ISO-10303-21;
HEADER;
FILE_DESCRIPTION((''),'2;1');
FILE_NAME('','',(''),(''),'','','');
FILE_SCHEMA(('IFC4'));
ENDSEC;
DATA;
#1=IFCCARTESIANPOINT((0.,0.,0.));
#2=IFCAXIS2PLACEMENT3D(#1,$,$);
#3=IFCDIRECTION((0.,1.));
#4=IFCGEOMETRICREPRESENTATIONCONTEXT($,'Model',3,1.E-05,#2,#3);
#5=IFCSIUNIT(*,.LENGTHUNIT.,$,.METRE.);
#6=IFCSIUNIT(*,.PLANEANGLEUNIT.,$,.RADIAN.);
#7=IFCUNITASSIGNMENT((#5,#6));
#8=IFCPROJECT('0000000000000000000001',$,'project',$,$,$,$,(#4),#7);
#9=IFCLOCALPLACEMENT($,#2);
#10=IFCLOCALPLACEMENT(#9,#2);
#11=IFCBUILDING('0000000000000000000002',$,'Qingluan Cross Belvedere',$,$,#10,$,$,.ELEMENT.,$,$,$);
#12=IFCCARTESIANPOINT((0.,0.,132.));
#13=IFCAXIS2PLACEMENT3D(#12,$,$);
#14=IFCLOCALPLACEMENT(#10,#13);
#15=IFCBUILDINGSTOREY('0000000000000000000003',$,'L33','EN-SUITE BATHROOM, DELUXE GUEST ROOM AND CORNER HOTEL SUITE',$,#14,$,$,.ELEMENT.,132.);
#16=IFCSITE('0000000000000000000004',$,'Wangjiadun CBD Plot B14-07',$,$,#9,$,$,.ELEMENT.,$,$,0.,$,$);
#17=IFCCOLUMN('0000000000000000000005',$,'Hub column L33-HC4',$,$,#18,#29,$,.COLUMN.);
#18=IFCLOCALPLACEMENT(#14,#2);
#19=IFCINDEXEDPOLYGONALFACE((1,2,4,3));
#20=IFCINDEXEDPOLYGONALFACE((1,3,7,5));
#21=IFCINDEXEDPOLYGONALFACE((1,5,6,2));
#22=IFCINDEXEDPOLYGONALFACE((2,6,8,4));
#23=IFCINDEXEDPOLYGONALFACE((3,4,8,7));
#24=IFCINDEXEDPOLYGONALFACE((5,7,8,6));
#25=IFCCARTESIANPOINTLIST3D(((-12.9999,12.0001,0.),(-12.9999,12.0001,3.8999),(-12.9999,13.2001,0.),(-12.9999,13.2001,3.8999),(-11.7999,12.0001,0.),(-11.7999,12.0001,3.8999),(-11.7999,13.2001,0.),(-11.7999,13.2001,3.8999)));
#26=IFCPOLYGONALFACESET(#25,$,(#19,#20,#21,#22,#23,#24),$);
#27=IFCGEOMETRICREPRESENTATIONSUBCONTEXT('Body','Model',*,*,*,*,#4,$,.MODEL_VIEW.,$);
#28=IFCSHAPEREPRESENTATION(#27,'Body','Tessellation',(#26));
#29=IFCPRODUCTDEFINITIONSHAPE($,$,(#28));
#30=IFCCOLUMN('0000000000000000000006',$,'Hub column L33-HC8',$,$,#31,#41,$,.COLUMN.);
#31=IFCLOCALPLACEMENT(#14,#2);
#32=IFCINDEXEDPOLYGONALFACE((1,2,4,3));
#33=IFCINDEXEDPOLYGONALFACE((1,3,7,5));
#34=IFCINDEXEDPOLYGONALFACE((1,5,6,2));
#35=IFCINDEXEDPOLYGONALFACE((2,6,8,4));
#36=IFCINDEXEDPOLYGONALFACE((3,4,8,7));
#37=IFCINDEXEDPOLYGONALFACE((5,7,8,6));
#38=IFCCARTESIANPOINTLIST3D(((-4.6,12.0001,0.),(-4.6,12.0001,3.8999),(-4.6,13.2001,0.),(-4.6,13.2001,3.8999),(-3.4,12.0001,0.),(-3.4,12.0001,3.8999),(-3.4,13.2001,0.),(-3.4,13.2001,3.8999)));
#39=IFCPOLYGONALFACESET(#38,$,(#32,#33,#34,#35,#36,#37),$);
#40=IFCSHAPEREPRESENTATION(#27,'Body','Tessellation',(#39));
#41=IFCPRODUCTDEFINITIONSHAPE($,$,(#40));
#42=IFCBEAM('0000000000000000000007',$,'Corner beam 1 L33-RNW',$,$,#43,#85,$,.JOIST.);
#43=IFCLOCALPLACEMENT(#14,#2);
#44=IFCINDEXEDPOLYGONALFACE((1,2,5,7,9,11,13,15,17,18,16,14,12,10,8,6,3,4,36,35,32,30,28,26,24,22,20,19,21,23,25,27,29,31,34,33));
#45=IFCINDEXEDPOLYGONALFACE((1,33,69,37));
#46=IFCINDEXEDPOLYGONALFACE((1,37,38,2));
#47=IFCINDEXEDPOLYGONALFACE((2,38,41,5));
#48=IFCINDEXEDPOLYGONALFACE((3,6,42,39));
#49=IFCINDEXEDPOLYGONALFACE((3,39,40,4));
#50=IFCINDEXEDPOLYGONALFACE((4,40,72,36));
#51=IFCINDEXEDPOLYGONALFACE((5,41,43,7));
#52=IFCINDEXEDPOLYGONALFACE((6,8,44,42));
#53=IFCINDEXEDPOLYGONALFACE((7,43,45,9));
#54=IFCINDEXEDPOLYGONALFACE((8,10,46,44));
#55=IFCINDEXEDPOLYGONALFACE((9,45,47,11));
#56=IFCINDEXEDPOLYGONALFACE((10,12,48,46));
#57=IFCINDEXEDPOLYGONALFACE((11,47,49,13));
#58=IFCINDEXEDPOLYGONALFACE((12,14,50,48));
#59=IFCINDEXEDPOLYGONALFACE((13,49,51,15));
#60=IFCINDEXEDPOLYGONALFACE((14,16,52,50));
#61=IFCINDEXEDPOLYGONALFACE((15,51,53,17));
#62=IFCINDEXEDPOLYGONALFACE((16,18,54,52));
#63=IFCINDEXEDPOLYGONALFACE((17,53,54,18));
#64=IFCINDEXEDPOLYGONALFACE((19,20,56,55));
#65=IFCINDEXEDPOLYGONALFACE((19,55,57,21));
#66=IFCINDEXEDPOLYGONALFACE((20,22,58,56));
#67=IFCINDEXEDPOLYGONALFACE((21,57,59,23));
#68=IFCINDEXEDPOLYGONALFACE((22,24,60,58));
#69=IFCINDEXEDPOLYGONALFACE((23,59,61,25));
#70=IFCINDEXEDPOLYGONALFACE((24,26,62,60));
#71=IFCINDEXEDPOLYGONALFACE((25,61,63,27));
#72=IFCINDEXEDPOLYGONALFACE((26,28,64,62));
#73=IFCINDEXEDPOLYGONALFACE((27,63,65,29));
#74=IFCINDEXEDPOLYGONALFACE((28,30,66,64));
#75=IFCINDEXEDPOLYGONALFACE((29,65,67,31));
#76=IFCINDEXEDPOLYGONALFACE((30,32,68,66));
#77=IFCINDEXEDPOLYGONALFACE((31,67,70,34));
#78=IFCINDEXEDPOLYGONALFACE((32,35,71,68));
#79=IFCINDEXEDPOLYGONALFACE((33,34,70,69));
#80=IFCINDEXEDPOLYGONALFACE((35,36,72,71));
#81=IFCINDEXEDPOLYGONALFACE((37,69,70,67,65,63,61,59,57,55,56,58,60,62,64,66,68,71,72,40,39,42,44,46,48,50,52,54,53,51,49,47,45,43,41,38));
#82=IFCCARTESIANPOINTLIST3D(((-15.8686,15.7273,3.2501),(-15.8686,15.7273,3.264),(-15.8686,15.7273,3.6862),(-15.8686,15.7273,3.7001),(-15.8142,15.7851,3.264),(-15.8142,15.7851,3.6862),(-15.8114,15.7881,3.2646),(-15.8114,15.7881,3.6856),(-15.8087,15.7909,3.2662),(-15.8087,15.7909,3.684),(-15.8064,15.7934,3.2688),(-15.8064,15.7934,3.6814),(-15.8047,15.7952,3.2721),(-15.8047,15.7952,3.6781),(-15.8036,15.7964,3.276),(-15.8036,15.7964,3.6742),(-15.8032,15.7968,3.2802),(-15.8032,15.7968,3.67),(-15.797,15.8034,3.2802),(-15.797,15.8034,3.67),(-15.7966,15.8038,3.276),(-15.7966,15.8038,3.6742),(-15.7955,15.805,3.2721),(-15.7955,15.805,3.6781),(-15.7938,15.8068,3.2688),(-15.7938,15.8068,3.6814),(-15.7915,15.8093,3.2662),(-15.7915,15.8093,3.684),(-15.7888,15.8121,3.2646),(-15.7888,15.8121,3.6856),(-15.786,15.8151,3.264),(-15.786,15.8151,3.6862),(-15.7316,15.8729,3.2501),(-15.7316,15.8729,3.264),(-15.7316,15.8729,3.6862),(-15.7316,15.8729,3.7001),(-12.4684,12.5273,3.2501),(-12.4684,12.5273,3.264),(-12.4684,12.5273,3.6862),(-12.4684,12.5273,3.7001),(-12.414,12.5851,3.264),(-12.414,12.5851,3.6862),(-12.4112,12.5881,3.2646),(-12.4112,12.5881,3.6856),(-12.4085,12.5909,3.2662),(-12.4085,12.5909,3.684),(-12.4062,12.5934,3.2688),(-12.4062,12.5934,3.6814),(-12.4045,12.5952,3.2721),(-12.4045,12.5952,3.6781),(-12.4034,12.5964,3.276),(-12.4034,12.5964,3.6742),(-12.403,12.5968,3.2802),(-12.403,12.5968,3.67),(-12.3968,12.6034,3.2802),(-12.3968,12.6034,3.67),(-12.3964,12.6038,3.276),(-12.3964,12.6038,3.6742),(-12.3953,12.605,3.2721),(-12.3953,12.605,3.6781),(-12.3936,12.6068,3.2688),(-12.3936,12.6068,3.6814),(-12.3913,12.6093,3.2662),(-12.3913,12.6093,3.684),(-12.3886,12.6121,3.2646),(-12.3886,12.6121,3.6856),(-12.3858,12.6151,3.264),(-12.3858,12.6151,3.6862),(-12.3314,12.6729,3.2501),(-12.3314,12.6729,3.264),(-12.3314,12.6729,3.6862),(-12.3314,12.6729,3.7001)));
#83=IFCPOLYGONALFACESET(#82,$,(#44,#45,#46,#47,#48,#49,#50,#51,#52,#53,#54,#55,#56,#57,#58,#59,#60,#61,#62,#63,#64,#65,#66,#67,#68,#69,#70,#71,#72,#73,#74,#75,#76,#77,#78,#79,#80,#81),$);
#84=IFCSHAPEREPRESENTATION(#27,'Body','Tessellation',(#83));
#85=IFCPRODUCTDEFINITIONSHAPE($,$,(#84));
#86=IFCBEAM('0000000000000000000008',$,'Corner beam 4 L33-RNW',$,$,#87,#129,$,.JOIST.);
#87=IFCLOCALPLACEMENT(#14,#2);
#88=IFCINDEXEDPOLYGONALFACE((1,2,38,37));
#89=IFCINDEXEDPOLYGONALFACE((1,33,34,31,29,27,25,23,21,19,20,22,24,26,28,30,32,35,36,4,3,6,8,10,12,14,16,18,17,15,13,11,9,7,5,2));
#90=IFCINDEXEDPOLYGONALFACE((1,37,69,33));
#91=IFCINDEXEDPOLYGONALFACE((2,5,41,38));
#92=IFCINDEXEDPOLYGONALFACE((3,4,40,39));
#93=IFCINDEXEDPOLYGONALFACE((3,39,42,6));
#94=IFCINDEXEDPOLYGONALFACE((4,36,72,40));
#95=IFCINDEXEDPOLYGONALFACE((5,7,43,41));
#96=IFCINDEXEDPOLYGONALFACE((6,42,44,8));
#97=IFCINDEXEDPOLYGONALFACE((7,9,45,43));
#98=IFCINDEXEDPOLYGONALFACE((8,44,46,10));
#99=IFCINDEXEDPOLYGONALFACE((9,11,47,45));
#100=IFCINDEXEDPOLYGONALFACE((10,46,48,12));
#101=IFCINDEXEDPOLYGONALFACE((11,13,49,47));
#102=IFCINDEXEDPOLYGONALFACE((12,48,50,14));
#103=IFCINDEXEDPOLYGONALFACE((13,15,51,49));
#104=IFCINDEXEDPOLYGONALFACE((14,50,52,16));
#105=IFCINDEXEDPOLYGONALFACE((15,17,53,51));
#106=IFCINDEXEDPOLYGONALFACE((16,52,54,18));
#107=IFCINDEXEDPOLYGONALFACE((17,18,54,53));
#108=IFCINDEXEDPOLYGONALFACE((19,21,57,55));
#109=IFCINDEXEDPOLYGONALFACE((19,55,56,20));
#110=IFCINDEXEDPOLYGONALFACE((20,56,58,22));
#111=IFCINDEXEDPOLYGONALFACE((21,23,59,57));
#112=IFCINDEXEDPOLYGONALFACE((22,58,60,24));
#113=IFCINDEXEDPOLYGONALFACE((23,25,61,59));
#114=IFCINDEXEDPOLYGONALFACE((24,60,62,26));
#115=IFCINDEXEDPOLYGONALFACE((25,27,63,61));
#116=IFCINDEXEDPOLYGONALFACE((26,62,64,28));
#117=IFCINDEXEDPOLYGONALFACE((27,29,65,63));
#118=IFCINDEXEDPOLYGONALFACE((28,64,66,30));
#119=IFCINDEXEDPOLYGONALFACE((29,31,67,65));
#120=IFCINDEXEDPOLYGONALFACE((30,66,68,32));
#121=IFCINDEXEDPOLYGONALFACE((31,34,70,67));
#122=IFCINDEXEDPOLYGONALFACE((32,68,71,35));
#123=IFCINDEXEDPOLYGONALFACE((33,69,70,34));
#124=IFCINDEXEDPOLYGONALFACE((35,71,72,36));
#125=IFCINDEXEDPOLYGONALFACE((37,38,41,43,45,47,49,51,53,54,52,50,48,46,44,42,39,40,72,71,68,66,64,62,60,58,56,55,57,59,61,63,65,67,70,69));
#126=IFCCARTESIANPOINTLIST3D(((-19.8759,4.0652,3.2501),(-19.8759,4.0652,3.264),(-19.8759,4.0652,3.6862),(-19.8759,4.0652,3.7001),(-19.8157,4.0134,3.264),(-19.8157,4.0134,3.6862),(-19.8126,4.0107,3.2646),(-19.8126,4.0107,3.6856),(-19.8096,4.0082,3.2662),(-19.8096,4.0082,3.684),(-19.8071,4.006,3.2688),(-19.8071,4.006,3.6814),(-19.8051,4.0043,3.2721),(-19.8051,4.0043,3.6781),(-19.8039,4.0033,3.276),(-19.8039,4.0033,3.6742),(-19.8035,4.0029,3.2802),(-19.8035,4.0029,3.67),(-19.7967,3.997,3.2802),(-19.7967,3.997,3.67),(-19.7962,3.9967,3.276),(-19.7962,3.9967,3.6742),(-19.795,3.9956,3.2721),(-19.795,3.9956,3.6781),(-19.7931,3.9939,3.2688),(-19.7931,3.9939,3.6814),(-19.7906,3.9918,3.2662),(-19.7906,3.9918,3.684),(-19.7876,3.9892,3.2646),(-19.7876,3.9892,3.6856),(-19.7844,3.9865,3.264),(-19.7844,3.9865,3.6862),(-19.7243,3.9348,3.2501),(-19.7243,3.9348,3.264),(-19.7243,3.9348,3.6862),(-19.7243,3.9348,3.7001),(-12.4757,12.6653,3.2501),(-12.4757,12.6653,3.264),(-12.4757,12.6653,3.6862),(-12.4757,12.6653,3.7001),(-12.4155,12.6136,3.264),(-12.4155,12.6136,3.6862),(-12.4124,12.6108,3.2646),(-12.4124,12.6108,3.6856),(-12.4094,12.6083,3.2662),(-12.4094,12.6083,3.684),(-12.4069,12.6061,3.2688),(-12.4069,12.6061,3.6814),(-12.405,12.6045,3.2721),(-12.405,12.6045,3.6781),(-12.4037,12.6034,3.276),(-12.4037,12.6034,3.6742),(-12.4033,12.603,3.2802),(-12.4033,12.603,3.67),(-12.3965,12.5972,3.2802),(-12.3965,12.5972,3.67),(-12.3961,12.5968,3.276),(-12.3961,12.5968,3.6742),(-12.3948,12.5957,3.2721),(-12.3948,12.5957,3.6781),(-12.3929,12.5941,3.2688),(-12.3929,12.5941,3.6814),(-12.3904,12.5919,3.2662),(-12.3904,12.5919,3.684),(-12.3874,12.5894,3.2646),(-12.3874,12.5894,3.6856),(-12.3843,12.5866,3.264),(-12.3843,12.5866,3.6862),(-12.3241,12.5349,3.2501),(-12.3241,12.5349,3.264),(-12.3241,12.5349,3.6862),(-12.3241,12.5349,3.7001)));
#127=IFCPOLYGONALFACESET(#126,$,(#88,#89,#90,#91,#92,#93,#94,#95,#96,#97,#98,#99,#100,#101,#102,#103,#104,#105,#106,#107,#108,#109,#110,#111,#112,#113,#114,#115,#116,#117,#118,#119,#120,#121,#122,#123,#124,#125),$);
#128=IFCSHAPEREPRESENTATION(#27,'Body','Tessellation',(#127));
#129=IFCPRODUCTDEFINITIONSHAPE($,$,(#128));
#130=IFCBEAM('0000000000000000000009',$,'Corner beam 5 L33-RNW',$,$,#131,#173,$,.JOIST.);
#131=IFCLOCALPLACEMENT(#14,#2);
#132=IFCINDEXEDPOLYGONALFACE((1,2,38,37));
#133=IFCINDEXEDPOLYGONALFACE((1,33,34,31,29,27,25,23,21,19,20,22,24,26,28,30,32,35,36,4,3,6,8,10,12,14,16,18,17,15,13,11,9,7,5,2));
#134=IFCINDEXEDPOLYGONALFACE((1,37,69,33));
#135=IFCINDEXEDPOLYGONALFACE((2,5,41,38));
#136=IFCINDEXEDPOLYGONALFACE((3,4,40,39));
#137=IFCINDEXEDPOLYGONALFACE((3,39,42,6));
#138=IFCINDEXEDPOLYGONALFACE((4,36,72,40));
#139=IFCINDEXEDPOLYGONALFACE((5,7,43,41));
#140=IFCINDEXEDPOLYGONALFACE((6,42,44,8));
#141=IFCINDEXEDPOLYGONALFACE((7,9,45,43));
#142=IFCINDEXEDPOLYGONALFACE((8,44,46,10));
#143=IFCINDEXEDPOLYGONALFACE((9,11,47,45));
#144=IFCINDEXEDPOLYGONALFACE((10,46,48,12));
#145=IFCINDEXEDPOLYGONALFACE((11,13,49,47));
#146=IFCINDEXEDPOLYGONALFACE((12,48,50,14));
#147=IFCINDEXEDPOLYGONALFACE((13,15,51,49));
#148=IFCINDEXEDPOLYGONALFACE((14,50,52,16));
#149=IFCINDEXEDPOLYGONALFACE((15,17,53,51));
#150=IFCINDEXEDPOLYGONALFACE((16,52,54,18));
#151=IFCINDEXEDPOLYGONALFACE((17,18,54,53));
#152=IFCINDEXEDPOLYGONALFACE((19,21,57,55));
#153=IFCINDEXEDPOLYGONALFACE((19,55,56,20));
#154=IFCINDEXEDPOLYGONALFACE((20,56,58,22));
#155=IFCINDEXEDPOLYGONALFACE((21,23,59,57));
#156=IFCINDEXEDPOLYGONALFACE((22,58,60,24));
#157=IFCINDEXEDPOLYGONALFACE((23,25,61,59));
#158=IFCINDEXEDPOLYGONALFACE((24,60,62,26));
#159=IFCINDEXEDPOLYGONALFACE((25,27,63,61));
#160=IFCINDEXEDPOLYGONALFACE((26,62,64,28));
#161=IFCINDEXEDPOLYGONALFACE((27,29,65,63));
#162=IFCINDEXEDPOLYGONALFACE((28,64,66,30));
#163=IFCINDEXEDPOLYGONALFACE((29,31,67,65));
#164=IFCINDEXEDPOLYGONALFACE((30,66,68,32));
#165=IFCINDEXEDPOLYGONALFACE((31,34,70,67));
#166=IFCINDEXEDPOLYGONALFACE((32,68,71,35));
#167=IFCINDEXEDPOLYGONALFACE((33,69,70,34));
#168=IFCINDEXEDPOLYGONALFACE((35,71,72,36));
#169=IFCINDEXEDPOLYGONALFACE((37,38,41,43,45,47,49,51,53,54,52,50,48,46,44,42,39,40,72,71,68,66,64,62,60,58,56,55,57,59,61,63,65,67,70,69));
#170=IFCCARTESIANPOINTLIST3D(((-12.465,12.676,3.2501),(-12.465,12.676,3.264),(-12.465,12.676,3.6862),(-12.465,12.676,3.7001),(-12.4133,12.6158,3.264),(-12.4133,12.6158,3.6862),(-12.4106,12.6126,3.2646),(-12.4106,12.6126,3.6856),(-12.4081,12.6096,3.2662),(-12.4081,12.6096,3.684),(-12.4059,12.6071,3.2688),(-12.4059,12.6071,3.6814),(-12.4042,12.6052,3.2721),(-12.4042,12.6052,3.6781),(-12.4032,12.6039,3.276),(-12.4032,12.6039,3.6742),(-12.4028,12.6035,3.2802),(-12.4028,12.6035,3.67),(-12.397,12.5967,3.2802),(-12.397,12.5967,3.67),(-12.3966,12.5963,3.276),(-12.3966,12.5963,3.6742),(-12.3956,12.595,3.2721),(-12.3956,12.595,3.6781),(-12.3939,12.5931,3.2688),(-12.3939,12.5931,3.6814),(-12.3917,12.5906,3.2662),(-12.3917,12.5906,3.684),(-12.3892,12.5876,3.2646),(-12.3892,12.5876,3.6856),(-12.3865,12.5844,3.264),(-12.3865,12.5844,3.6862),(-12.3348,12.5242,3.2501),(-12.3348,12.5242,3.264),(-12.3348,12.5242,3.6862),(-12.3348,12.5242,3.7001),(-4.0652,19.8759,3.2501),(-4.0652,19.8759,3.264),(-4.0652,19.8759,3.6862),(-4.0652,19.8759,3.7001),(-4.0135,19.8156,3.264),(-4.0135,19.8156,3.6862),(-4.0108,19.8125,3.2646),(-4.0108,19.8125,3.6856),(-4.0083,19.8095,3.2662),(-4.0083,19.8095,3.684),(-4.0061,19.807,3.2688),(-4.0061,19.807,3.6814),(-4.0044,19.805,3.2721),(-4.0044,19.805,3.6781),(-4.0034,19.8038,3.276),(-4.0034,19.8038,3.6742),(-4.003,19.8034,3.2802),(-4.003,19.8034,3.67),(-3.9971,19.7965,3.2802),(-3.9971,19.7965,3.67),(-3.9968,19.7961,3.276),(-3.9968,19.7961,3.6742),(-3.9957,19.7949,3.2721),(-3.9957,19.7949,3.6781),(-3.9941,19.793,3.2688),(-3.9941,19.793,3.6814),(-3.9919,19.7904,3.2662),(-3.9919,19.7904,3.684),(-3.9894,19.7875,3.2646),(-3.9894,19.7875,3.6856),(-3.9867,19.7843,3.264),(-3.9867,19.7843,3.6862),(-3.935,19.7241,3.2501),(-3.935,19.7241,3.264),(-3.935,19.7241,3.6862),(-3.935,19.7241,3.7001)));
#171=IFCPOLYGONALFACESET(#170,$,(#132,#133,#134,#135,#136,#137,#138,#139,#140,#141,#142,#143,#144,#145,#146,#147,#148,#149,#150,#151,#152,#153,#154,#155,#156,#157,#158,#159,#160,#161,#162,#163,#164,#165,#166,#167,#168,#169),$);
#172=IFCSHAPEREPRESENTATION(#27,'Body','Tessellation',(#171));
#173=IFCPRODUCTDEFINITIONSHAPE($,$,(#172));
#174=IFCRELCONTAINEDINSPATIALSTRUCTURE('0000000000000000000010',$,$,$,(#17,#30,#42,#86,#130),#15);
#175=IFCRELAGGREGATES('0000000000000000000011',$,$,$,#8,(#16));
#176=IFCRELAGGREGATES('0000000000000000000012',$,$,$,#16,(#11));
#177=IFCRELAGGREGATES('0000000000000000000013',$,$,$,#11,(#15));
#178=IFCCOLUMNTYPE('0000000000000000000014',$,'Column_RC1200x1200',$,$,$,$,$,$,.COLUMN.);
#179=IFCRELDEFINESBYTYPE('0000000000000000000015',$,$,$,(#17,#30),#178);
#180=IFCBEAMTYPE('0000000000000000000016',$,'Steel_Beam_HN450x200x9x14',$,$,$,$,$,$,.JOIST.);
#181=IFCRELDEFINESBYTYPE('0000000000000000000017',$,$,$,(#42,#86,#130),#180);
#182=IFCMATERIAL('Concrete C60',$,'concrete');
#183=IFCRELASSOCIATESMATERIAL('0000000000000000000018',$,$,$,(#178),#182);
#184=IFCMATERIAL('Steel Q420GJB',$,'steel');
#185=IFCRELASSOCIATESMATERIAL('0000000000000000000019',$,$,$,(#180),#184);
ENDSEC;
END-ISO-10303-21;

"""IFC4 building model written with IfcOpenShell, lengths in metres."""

from ifc_helpers import new_model, si_unit, direction, frame, origin, origin_2d, place, context, subcontext, project, spatial, rectangle, i_section, extrude, material, material_profile, profile_set, type_object, element, save


model = new_model("IFC4")

# Units and contexts
model_context = context("Model", 3, precision=1e-05, world=origin(), true_north=direction((0.0, 1.0)))
body_context = subcontext(model_context, "Body", "Model", "MODEL_VIEW")
ifc_project = project(units=[si_unit("LENGTHUNIT", "METRE"), si_unit("PLANEANGLEUNIT", "RADIAN")], contexts=[model_context])

# Site, building, storey
site_placement = place(None, origin())
site = spatial("IfcSite", under=ifc_project, at=site_placement, Name="Wangjiadun CBD Plot B14-07", CompositionType="ELEMENT", RefElevation=0.0)
building_placement = place(site_placement, origin())
building = spatial("IfcBuilding", under=site, at=building_placement, Name="Qingluan Cross Belvedere", CompositionType="ELEMENT")
storey_placement = place(building_placement, frame((0.0, 0.0, 132.0)))
storey = spatial("IfcBuildingStorey", under=building, at=storey_placement, Name="L33", Description="EN-SUITE BATHROOM, DELUXE GUEST ROOM AND CORNER HOTEL SUITE", CompositionType="ELEMENT", Elevation=132.0)

# Columns
ifc_material_1 = material(Name="Concrete C60", Category="concrete")
ifc_material_profile_1 = material_profile(ifc_material_1, rectangle(XDim=1.2, YDim=1.2, at=origin_2d()), Name="RC1200x1200")
ifc_profile_set_1 = profile_set([ifc_material_profile_1], Name="Concrete C60")
column_type = type_object("IfcColumnType", Name="Column_RC1200x1200", PredefinedType="COLUMN", material=ifc_profile_set_1)
for number, where, z_axis, x_axis, name in (
    (1, (-12.3999, 12.6001, 0.0), (0.0, 0.0, 1.0), (1.0, 0.0, 0.0), "Hub column L33-HC4"),
    (2, (-4.0, 12.6001, 0.0), (0.0, 0.0, 1.0), (1.0, 0.0, 0.0), "Hub column L33-HC8"),
):
    element("IfcColumn", number, at=place(storey_placement, frame(where, z_axis=z_axis, x_axis=x_axis)), inside=storey, type_object=column_type, Name=name, PredefinedType="COLUMN", context=body_context, shape_type="SweptSolid", body=[
        extrude(rectangle(XDim=1.2, YDim=1.2, at=origin_2d()), origin(), (0.0, 0.0, 1.0), 3.8999),
    ])

# Beams
ifc_material_2 = material(Name="Steel Q420GJB", Category="steel")
ifc_material_profile_2 = material_profile(ifc_material_2, i_section(OverallWidth=0.2, OverallDepth=0.45, WebThickness=0.009, FlangeThickness=0.0139, FilletRadius=0.0161, at=origin_2d()), Name="HN450x200x9x14")
ifc_profile_set_2 = profile_set([ifc_material_profile_2], Name="Steel Q420GJB")
beam_type_1 = type_object("IfcBeamType", Name="Steel_Beam_HN450x200x9x14", PredefinedType="JOIST", material=ifc_profile_set_2)
beam_1_placement = place(storey_placement, frame((-12.3999, 12.6001, 3.4751), z_axis=(-0.72822, 0.685343, 0.0), x_axis=(-0.685343, -0.72822, 0.0)))
element("IfcBeam", 3, at=beam_1_placement, inside=storey, type_object=beam_type_1, Name="Corner beam 1 L33-RNW", PredefinedType="JOIST", context=body_context, shape_type="SweptSolid", body=[
    extrude(i_section(OverallWidth=0.2, OverallDepth=0.45, WebThickness=0.009, FlangeThickness=0.0139, FilletRadius=0.0161, at=origin_2d()), origin(), (0.0, 0.0, 1.0), 4.6692),
])
beam_2_placement = place(storey_placement, frame((-12.3999, 12.6001, 3.4751), z_axis=(-0.652245, -0.758008, 0.0), x_axis=(0.758008, -0.652245, 0.0)))
element("IfcBeam", 4, at=beam_2_placement, inside=storey, type_object=beam_type_1, Name="Corner beam 4 L33-RNW", PredefinedType="JOIST", context=body_context, shape_type="SweptSolid", body=[
    extrude(i_section(OverallWidth=0.2, OverallDepth=0.45, WebThickness=0.009, FlangeThickness=0.0139, FilletRadius=0.0161, at=origin_2d()), origin(), (0.0, 0.0, 1.0), 11.3457),
])
beam_3_placement = place(storey_placement, frame((-12.3999, 12.6001, 3.4751), z_axis=(0.759255, 0.650793, 0.0), x_axis=(-0.650793, 0.759255, 0.0)))
element("IfcBeam", 5, at=beam_3_placement, inside=storey, type_object=beam_type_1, Name="Corner beam 5 L33-RNW", PredefinedType="JOIST", context=body_context, shape_type="SweptSolid", body=[
    extrude(i_section(OverallWidth=0.2, OverallDepth=0.45, WebThickness=0.009, FlangeThickness=0.0139, FilletRadius=0.0161, at=origin_2d()), origin(), (0.0, 0.0, 1.0), 11.0632),
])

save(model, "model.ifc")
